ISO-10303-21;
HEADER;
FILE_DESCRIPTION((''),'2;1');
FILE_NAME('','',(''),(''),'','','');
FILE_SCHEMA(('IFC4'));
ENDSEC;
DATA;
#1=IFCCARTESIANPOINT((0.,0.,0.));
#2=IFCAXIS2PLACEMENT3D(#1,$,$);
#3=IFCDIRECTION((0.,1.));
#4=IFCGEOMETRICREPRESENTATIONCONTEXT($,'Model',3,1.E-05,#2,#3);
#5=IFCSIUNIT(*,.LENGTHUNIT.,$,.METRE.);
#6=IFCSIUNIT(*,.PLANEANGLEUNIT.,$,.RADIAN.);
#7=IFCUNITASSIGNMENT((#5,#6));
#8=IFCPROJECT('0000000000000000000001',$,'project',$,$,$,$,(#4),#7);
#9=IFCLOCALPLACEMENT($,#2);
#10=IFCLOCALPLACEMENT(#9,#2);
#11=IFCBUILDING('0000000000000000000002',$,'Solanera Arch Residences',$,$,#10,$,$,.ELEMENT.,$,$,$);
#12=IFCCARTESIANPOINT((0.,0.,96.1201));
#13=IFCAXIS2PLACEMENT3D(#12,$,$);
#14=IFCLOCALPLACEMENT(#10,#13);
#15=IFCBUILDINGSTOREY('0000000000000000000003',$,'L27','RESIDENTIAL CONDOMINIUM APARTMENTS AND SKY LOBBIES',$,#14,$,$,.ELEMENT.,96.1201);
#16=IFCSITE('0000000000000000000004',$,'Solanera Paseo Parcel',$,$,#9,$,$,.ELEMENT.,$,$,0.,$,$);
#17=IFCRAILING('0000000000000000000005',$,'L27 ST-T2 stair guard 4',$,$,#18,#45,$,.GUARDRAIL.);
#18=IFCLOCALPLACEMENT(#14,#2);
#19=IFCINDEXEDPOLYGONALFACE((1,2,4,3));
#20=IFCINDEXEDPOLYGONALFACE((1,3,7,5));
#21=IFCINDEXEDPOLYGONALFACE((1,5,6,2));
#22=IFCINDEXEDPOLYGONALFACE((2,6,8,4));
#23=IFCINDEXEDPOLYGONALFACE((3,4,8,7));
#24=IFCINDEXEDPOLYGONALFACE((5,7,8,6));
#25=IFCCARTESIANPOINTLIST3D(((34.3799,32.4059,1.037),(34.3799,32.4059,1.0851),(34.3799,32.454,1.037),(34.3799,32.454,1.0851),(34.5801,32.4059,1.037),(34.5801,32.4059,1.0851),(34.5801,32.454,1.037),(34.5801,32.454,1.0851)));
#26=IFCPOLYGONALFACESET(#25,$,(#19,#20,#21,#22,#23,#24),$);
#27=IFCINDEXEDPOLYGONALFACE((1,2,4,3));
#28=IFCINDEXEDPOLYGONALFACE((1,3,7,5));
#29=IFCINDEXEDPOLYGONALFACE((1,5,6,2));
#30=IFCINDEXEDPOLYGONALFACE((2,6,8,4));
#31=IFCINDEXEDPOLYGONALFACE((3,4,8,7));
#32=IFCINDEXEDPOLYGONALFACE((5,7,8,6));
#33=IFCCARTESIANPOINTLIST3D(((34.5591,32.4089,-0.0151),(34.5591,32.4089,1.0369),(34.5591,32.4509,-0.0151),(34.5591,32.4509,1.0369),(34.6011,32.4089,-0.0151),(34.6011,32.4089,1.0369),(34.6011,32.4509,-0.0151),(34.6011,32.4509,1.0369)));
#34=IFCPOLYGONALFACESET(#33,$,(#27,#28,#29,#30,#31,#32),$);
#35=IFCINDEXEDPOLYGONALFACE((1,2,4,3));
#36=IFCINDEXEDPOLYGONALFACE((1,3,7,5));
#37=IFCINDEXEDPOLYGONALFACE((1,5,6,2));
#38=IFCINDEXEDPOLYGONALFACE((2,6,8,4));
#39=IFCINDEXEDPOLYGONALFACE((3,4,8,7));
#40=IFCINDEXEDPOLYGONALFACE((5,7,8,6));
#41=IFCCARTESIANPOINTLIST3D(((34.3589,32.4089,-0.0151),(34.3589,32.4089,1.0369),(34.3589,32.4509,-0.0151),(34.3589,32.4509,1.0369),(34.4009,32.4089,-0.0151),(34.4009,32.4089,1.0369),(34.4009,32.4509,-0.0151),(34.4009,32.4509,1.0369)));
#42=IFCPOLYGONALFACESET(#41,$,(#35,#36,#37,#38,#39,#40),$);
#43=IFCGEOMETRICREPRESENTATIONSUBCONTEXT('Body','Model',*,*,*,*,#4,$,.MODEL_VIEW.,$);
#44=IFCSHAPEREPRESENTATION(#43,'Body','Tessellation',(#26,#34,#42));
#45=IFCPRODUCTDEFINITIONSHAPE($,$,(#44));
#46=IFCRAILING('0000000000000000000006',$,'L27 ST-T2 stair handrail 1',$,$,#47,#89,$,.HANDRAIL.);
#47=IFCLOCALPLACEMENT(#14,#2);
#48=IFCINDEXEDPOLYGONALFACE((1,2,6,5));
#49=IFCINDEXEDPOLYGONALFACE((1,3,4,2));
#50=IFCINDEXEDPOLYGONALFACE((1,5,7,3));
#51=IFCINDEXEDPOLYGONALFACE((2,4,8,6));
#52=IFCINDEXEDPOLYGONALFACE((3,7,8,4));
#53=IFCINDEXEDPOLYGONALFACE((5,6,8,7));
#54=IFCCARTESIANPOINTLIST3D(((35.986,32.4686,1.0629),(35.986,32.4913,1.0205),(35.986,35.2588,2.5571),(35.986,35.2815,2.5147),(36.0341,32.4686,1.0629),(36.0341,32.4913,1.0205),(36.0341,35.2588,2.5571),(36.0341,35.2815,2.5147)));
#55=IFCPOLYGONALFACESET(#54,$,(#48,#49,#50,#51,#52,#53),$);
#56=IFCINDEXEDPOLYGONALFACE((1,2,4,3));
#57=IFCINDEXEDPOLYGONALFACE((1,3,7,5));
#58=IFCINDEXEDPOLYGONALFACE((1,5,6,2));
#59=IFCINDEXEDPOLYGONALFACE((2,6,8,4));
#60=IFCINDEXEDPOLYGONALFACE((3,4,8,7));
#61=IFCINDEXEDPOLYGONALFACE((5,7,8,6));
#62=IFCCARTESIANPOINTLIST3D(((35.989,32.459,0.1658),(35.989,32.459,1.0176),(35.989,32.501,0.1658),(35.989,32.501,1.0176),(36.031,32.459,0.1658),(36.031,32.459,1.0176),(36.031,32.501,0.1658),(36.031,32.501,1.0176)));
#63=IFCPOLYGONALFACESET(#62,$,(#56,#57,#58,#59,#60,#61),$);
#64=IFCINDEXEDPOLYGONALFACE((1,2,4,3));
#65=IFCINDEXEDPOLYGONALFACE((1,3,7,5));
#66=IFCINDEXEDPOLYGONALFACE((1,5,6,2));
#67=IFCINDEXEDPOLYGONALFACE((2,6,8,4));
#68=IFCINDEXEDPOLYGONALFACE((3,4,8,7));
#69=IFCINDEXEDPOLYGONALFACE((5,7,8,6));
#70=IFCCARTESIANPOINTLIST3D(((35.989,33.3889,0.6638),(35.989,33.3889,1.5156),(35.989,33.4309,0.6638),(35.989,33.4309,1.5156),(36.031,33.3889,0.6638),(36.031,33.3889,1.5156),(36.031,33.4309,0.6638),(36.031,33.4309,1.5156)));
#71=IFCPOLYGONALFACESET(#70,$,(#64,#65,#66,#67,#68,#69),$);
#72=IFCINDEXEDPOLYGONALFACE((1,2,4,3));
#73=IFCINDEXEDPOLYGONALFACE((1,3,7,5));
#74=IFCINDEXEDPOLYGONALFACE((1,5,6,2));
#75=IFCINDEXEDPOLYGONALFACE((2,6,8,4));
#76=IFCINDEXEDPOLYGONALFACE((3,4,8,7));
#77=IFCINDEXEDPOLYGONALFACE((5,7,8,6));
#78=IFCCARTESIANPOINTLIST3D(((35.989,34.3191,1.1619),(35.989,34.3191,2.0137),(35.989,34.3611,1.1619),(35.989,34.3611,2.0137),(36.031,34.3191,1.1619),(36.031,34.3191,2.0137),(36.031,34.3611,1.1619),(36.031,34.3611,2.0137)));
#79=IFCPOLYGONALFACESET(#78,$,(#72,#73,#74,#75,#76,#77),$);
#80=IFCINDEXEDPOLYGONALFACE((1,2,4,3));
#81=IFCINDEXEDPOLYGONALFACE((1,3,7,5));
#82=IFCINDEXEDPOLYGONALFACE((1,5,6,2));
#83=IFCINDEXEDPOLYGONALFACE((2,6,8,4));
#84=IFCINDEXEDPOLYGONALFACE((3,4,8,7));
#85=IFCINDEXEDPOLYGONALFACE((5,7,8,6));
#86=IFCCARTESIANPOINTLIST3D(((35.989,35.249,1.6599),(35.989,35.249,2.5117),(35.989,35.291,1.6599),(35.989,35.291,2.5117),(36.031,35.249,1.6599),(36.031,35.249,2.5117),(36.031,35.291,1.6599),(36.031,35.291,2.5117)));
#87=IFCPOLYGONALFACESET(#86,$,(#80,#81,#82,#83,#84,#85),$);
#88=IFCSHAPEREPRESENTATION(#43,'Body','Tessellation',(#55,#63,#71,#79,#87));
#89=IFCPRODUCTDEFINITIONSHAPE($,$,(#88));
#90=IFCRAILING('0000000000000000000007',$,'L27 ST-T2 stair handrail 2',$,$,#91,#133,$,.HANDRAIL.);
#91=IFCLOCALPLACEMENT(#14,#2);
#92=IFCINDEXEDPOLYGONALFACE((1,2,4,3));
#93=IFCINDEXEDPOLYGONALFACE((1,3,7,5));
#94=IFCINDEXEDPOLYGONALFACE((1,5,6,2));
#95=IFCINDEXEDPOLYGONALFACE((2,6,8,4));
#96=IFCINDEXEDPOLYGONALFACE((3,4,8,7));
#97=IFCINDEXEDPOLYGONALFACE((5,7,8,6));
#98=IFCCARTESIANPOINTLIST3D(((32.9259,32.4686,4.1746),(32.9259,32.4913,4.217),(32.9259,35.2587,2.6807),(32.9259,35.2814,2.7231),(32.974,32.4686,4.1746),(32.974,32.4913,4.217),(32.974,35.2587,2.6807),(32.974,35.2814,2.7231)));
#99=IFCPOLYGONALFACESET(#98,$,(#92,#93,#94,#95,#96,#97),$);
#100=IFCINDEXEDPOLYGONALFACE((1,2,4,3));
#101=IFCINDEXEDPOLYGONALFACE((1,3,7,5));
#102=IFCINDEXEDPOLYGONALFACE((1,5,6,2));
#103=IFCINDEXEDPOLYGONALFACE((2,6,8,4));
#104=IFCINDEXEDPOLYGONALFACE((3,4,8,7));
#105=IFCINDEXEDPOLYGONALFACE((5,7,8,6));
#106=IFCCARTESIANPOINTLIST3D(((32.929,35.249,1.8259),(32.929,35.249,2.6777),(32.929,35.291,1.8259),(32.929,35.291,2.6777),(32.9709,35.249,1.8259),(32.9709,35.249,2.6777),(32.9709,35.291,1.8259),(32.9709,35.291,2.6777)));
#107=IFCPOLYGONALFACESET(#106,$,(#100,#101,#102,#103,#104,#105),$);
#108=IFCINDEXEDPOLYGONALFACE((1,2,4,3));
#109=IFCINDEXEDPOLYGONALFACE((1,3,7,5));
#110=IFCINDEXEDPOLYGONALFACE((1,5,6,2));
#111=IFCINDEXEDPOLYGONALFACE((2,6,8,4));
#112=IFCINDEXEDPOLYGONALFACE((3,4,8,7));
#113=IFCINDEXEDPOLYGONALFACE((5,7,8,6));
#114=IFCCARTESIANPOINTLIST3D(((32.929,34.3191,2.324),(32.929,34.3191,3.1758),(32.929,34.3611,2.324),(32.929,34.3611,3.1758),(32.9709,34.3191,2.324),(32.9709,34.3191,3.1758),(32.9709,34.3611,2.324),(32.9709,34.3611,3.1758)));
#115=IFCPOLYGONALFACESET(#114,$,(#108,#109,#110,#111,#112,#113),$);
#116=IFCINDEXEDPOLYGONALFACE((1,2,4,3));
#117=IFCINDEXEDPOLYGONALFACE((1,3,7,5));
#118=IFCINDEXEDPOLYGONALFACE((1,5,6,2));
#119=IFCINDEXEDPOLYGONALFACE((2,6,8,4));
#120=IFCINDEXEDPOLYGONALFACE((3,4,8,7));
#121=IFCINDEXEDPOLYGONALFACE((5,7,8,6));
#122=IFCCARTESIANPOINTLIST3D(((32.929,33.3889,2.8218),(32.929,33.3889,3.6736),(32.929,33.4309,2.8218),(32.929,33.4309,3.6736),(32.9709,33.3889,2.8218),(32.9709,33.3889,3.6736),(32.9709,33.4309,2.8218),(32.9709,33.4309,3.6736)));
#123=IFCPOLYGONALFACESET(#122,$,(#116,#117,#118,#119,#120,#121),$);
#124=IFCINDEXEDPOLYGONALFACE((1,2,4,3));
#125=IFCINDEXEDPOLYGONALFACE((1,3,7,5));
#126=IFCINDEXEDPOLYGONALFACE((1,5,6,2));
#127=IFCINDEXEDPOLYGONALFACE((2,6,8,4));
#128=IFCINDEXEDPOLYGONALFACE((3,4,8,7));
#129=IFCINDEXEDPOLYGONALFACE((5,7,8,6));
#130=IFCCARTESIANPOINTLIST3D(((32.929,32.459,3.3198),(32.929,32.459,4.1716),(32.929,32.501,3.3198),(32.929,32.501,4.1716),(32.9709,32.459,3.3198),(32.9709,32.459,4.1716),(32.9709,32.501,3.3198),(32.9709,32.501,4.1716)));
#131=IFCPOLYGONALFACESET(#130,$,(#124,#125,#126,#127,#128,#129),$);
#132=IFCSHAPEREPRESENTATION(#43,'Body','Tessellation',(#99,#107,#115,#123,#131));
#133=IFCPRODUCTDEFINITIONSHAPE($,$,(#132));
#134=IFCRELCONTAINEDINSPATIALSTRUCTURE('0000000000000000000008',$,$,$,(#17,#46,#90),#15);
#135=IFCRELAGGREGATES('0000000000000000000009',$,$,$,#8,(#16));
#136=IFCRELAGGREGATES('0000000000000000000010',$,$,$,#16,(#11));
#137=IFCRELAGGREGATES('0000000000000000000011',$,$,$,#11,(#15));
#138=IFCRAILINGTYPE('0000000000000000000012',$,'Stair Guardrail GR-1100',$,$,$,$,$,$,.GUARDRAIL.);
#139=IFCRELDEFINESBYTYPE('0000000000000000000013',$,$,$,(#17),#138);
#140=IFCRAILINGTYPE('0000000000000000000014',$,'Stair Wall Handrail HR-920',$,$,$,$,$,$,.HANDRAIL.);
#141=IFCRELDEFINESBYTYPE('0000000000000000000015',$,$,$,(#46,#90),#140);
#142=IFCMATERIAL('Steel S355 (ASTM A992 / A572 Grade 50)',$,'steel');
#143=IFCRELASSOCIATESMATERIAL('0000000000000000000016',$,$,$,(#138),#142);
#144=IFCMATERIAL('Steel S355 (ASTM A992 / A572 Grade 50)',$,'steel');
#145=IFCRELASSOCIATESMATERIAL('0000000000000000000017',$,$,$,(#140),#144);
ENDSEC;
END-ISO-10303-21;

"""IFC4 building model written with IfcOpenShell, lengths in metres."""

from ifc_helpers import new_model, si_unit, direction, frame, origin, origin_2d, place, context, subcontext, project, spatial, rectangle, extrude, material, type_object, element, save


model = new_model("IFC4")

# Units and contexts
model_context = context("Model", 3, precision=1e-05, world=origin(), true_north=direction((0.0, 1.0)))
body_context = subcontext(model_context, "Body", "Model", "MODEL_VIEW")
ifc_project = project(units=[si_unit("LENGTHUNIT", "METRE"), si_unit("PLANEANGLEUNIT", "RADIAN")], contexts=[model_context])

# Site, building, storey
site_placement = place(None, origin())
site = spatial("IfcSite", under=ifc_project, at=site_placement, Name="Solanera Paseo Parcel", CompositionType="ELEMENT", RefElevation=0.0)
building_placement = place(site_placement, origin())
building = spatial("IfcBuilding", under=site, at=building_placement, Name="Solanera Arch Residences", CompositionType="ELEMENT")
storey_placement = place(building_placement, frame((0.0, 0.0, 96.1201)))
storey = spatial("IfcBuildingStorey", under=building, at=storey_placement, Name="L27", Description="RESIDENTIAL CONDOMINIUM APARTMENTS AND SKY LOBBIES", CompositionType="ELEMENT", Elevation=96.1201)

# Railings
ifc_material_1 = material(Name="Steel S355 (ASTM A992 / A572 Grade 50)", Category="steel")
railing_type_1 = type_object("IfcRailingType", Name="Stair Guardrail GR-1100", PredefinedType="GUARDRAIL", material=ifc_material_1)
railing_1_placement = place(storey_placement, frame((34.5801, 32.4299, -0.0151)))
element("IfcRailing", 1, at=railing_1_placement, inside=storey, type_object=railing_type_1, Name="L27 ST-T2 stair guard 4", PredefinedType="GUARDRAIL", context=body_context, shape_type="SweptSolid", body=[
    extrude(rectangle(XDim=0.0481, YDim=0.0481, at=origin_2d()), frame((0.0, 0.0, 1.0762), z_axis=(-1.0, 0.0, 0.0), x_axis=(0.0, -1.0, 0.0)), (0.0, 0.0, 1.0), 0.2002),
    extrude(rectangle(XDim=0.042, YDim=0.042, at=origin_2d()), origin(), (0.0, 0.0, 1.0), 1.052),
    extrude(rectangle(XDim=0.042, YDim=0.042, at=origin_2d()), frame((-0.2002, 0.0, 0.0)), (0.0, 0.0, 1.0), 1.052),
])
ifc_material_2 = material(Name="Steel S355 (ASTM A992 / A572 Grade 50)", Category="steel")
railing_type_2 = type_object("IfcRailingType", Name="Stair Wall Handrail HR-920", PredefinedType="HANDRAIL", material=ifc_material_2)
railing_2_placement = place(storey_placement, frame((36.01, 32.48, 0.1658)))
element("IfcRailing", 2, at=railing_2_placement, inside=storey, type_object=railing_type_2, Name="L27 ST-T2 stair handrail 1", PredefinedType="HANDRAIL", context=body_context, shape_type="SweptSolid", body=[
    extrude(rectangle(XDim=0.0481, YDim=0.0481, at=origin_2d()), frame((0.0, 0.0, 0.876), z_axis=(0.0, 0.881549, 0.472093), x_axis=(-1.0, 0.0, 0.0)), (0.0, 0.0, 1.0), 3.165),
    extrude(rectangle(XDim=0.042, YDim=0.042, at=origin_2d()), origin(), (0.0, 0.0, 1.0), 0.8518),
    extrude(rectangle(XDim=0.042, YDim=0.042, at=origin_2d()), frame((0.0, 0.9299, 0.498)), (0.0, 0.0, 1.0), 0.8518),
    extrude(rectangle(XDim=0.042, YDim=0.042, at=origin_2d()), frame((0.0, 1.8601, 0.9961)), (0.0, 0.0, 1.0), 0.8518),
    extrude(rectangle(XDim=0.042, YDim=0.042, at=origin_2d()), frame((0.0, 2.79, 1.4941)), (0.0, 0.0, 1.0), 0.8518),
])
railing_3_placement = place(storey_placement, frame((32.95, 35.27, 1.8259)))
element("IfcRailing", 3, at=railing_3_placement, inside=storey, type_object=railing_type_2, Name="L27 ST-T2 stair handrail 2", PredefinedType="HANDRAIL", context=body_context, shape_type="SweptSolid", body=[
    extrude(rectangle(XDim=0.0481, YDim=0.0481, at=origin_2d()), frame((0.0, 0.0, 0.876), z_axis=(0.0, -0.881581, 0.472033), x_axis=(1.0, 0.0, 0.0)), (0.0, 0.0, 1.0), 3.1648),
    extrude(rectangle(XDim=0.042, YDim=0.042, at=origin_2d()), origin(), (0.0, 0.0, 1.0), 0.8518),
    extrude(rectangle(XDim=0.042, YDim=0.042, at=origin_2d()), frame((0.0, -0.9299, 0.498)), (0.0, 0.0, 1.0), 0.8518),
    extrude(rectangle(XDim=0.042, YDim=0.042, at=origin_2d()), frame((0.0, -1.8601, 0.9958)), (0.0, 0.0, 1.0), 0.8518),
    extrude(rectangle(XDim=0.042, YDim=0.042, at=origin_2d()), frame((0.0, -2.79, 1.4939)), (0.0, 0.0, 1.0), 0.8518),
])

save(model, "model.ifc")
